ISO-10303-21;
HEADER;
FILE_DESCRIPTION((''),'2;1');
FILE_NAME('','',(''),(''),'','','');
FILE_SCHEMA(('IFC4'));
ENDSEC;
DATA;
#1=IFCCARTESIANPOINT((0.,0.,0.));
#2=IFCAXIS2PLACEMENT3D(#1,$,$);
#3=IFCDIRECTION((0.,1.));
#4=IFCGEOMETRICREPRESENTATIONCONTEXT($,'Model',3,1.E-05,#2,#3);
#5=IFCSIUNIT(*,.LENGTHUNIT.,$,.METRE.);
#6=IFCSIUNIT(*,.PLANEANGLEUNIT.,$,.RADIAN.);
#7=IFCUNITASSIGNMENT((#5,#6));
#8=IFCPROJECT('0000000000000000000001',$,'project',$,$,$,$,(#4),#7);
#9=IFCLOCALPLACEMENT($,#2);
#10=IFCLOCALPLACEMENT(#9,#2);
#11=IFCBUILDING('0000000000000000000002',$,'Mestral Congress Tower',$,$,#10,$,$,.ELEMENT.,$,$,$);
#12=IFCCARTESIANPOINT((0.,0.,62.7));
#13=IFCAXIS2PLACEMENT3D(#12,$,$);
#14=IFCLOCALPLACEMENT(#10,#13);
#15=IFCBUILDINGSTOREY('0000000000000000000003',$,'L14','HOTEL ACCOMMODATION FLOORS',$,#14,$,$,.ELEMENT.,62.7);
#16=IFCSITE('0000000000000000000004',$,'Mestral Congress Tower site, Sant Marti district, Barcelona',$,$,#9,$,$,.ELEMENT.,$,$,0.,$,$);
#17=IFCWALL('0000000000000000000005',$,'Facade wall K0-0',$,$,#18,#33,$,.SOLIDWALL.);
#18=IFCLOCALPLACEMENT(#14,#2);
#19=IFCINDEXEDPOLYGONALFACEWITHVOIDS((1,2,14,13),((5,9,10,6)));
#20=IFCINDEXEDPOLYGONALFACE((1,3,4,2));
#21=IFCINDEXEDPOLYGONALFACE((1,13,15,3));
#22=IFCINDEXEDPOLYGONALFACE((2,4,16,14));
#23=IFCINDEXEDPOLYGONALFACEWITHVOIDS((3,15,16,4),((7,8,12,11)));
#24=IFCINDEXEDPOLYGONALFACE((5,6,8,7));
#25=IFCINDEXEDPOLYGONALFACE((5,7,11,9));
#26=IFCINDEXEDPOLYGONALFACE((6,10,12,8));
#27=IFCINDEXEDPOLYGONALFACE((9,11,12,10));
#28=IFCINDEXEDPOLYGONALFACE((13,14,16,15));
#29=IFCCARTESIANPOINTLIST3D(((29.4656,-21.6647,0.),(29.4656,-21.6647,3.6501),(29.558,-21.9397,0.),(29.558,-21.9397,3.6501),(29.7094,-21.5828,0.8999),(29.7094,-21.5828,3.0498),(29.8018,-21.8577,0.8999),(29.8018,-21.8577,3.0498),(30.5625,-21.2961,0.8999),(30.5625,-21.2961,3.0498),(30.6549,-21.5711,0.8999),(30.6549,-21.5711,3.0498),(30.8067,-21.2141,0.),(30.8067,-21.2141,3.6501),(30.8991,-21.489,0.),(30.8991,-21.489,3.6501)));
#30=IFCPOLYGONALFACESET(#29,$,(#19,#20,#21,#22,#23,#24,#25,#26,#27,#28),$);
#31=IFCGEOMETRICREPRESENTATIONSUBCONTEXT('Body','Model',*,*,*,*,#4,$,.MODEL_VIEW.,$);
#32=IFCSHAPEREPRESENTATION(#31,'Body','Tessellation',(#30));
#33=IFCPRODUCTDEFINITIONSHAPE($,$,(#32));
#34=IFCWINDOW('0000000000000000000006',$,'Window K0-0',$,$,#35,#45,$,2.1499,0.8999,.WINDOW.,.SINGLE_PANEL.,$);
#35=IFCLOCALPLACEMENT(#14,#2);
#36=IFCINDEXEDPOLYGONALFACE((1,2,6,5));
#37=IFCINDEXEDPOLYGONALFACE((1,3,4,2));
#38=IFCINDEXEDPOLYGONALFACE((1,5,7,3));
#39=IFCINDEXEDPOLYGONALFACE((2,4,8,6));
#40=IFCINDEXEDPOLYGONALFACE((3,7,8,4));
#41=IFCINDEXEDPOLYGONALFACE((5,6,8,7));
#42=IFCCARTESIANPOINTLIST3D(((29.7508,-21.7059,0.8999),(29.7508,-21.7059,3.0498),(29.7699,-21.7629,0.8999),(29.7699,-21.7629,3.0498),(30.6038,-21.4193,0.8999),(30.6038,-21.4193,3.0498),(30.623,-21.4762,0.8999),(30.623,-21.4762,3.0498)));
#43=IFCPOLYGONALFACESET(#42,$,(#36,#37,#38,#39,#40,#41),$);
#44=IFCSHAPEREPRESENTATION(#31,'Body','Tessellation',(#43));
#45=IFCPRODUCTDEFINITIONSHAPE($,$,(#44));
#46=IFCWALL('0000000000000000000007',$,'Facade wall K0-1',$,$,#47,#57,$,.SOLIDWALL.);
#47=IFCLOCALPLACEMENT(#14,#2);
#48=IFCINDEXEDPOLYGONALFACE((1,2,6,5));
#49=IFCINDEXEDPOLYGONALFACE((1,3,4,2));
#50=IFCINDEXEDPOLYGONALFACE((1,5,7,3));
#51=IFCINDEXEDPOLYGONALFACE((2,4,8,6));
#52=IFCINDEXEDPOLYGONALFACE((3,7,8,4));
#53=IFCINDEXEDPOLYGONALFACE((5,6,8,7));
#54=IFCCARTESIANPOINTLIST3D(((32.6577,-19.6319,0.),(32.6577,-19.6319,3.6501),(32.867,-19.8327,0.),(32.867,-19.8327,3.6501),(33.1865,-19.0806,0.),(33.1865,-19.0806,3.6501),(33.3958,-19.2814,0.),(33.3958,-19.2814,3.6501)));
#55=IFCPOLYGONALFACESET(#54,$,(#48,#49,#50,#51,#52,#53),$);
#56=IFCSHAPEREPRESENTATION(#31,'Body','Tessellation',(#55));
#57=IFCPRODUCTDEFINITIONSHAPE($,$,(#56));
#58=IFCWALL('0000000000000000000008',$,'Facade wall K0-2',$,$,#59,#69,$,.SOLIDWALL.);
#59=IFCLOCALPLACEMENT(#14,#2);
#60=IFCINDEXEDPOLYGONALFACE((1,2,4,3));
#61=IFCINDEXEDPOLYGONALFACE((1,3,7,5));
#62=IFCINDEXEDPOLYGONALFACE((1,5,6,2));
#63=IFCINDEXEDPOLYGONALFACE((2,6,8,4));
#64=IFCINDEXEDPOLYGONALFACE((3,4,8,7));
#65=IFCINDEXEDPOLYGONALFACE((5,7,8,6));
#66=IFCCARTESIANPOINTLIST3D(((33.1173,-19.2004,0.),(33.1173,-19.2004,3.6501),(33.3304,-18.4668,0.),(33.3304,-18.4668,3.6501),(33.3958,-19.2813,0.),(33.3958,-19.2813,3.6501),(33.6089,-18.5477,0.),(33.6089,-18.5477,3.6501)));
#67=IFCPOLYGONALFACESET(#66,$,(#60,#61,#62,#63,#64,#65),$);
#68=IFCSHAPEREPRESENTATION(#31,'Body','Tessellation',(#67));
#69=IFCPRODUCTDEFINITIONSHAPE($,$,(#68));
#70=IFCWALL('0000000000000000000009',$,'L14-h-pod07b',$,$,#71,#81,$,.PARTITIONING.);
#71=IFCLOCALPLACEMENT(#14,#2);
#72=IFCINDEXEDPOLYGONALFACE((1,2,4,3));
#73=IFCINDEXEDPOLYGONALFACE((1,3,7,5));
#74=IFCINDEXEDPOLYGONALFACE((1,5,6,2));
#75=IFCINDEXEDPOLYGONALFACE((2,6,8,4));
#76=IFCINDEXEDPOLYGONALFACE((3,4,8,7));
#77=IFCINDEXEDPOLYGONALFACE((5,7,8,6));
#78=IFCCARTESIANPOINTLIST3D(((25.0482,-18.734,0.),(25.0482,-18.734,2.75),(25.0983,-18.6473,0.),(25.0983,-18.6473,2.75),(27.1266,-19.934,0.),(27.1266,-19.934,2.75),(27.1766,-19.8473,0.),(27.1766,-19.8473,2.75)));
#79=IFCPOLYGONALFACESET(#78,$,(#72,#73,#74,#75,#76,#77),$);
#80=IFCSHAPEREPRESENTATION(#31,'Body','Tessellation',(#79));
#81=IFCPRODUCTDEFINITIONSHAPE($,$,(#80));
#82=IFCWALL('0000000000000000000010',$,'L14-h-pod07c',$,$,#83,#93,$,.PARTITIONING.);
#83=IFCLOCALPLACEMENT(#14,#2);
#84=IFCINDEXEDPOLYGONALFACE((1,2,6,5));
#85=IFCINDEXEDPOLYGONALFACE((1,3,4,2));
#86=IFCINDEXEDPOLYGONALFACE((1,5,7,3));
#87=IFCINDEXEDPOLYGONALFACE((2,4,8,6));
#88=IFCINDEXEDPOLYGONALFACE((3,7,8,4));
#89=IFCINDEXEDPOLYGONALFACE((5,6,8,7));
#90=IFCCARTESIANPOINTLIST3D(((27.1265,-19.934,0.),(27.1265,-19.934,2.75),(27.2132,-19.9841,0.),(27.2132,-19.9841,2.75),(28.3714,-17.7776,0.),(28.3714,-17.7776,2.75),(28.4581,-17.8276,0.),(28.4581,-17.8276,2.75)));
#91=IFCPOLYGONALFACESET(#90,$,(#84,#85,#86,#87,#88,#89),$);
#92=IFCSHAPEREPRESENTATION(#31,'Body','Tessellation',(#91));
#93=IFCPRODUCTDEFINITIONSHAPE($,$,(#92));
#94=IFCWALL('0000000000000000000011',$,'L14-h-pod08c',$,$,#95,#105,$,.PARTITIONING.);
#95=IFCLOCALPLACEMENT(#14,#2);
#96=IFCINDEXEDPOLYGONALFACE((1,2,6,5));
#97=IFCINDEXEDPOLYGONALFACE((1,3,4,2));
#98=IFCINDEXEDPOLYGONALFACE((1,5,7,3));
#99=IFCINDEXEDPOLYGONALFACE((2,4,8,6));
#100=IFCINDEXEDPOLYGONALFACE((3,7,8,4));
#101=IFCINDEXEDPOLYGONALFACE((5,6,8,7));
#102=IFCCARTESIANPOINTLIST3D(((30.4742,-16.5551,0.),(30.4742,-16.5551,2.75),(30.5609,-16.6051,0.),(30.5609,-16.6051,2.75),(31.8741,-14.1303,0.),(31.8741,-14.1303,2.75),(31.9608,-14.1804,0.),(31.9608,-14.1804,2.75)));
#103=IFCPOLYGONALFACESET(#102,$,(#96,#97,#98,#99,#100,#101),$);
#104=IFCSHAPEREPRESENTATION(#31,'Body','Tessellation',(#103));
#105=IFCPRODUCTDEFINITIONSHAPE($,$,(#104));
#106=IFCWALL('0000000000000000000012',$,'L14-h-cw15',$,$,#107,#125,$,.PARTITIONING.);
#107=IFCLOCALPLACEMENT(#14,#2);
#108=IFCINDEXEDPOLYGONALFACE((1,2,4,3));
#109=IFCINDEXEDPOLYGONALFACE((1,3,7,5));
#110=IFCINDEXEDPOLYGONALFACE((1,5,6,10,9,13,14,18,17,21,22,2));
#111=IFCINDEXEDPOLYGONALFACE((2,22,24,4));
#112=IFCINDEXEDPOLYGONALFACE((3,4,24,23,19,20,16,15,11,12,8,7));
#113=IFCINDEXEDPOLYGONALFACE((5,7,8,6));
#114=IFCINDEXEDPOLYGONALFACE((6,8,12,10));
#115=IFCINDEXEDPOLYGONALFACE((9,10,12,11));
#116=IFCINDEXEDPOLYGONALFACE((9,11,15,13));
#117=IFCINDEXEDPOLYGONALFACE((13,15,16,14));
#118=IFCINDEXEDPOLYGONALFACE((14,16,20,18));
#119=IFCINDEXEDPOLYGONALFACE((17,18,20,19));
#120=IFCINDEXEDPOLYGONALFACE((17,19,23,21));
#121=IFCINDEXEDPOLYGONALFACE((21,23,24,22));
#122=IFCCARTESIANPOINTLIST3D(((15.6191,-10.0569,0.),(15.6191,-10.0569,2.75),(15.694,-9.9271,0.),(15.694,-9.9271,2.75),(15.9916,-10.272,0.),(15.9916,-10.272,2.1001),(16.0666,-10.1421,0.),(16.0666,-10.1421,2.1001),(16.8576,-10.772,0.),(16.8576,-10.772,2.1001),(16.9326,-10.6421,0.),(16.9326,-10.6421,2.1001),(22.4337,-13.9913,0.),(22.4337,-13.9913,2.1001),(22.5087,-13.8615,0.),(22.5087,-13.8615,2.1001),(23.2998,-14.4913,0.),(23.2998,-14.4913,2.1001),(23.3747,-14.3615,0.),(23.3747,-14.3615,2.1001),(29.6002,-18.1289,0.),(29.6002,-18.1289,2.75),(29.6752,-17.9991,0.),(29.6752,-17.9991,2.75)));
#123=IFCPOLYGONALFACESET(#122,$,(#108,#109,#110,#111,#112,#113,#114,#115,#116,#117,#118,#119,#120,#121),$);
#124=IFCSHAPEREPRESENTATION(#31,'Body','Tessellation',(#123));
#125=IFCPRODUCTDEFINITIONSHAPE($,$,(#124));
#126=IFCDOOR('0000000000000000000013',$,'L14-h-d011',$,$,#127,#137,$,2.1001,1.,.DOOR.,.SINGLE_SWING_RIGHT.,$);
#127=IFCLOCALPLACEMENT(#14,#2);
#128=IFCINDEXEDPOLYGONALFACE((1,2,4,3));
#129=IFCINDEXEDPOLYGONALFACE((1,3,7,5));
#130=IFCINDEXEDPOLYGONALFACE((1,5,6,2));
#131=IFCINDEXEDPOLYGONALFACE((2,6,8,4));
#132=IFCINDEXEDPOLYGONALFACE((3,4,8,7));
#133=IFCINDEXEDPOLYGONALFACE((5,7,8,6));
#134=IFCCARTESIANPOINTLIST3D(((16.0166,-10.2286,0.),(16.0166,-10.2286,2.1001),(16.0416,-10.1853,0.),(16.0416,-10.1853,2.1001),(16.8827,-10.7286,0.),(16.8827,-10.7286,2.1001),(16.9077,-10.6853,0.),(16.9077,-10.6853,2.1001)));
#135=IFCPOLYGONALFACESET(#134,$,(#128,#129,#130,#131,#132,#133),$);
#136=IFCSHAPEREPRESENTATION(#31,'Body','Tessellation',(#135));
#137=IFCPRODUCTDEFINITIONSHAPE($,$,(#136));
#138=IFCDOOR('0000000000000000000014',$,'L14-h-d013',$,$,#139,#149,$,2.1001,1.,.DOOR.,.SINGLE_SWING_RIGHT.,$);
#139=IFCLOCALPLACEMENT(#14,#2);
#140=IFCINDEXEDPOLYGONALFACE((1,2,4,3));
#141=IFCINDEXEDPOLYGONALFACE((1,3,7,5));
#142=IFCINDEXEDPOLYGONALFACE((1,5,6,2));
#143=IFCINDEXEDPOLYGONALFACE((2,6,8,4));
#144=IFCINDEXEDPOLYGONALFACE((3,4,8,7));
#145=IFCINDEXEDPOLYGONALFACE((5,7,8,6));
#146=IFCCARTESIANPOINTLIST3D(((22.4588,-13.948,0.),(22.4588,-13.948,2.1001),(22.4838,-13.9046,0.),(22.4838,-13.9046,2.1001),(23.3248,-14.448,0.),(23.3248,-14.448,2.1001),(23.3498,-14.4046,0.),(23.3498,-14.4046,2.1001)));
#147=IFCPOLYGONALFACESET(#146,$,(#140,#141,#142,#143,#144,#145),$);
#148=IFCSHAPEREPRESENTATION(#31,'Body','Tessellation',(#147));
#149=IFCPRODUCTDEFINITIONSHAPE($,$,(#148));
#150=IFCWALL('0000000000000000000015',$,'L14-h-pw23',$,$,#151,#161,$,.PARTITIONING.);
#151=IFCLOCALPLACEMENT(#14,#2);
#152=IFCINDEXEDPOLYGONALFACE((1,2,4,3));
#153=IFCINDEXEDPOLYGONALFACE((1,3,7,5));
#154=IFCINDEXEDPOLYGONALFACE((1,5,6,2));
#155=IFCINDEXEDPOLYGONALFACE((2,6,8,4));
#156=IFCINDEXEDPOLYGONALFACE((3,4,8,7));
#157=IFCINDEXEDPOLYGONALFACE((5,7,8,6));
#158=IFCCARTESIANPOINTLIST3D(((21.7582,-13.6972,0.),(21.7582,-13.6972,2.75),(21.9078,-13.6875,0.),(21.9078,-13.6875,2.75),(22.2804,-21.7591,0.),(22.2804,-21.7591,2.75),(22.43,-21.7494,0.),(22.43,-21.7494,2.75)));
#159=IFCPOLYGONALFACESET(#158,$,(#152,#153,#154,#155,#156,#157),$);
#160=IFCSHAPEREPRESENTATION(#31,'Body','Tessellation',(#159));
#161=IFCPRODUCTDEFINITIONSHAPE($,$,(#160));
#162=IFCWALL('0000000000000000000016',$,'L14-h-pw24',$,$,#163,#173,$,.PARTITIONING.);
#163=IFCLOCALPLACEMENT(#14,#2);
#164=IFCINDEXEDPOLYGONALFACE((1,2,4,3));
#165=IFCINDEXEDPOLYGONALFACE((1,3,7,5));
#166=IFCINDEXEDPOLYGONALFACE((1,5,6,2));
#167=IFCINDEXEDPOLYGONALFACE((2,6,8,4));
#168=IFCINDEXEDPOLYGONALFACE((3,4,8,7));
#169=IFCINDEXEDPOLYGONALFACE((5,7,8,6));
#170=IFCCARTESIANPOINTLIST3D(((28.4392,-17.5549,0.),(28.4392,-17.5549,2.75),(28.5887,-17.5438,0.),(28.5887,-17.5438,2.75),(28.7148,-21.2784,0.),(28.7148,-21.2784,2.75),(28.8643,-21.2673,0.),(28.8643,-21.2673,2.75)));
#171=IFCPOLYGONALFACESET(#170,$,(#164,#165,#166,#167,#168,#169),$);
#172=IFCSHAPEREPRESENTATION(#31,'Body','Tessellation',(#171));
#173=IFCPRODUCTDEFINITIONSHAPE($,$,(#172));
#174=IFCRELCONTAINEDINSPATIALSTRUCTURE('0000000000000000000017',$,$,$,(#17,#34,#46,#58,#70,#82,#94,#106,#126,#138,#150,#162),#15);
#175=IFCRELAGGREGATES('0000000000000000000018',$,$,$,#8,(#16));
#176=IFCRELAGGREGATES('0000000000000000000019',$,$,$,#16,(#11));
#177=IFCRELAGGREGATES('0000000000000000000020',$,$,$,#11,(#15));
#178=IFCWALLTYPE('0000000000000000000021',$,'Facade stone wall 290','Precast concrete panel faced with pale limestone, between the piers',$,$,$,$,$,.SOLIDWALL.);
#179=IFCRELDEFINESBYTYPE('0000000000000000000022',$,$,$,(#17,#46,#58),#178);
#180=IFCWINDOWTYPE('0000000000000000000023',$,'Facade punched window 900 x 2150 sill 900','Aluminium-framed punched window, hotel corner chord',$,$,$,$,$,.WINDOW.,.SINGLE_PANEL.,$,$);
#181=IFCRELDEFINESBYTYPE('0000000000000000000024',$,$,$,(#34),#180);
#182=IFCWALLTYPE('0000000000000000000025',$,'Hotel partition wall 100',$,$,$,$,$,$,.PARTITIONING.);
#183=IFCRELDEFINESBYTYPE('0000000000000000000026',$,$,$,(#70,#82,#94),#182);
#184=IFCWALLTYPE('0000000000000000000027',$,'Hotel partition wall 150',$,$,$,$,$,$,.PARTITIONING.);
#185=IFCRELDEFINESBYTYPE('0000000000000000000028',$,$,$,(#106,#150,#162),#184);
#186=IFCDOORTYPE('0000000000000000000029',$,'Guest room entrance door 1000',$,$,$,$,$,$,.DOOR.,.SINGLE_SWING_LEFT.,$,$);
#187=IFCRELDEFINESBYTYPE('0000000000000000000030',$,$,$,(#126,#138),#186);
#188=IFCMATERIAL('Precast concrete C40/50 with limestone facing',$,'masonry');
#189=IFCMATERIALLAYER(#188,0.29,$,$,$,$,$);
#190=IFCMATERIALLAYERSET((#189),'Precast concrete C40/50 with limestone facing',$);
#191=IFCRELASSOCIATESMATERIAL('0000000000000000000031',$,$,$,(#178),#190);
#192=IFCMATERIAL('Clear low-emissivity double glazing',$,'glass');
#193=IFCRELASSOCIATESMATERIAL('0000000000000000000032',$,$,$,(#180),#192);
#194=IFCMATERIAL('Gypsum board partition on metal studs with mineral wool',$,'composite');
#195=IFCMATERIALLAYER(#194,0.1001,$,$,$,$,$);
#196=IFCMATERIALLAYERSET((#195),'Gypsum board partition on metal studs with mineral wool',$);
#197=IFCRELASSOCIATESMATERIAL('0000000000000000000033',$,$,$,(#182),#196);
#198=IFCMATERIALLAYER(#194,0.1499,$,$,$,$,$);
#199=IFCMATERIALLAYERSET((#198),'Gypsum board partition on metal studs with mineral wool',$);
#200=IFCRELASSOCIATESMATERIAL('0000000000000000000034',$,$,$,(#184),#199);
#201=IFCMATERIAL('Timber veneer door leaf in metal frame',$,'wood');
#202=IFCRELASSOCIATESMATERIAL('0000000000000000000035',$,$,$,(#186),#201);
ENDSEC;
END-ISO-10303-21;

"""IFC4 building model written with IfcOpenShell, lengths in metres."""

from ifc_helpers import new_model, si_unit, direction, frame, frame_2d, origin, place, context, subcontext, project, spatial, rectangle, extrude, material, layer, layer_set, type_object, element, fill, save


model = new_model("IFC4")

# Units and contexts
model_context = context("Model", 3, precision=1e-05, world=origin(), true_north=direction((0.0, 1.0)))
body_context = subcontext(model_context, "Body", "Model", "MODEL_VIEW")
ifc_project = project(units=[si_unit("LENGTHUNIT", "METRE"), si_unit("PLANEANGLEUNIT", "RADIAN")], contexts=[model_context])

# Site, building, storey
site_placement = place(None, origin())
site = spatial("IfcSite", under=ifc_project, at=site_placement, Name="Mestral Congress Tower site, Sant Marti district, Barcelona", CompositionType="ELEMENT", RefElevation=0.0)
building_placement = place(site_placement, origin())
building = spatial("IfcBuilding", under=site, at=building_placement, Name="Mestral Congress Tower", CompositionType="ELEMENT")
storey_placement = place(building_placement, frame((0.0, 0.0, 62.7)))
storey = spatial("IfcBuildingStorey", under=building, at=storey_placement, Name="L14", Description="HOTEL ACCOMMODATION FLOORS", CompositionType="ELEMENT", Elevation=62.7)

# Shared definitions
ifc_material_1 = material(Name="Precast concrete C40/50 with limestone facing", Category="masonry")
ifc_layer_1 = layer(ifc_material_1, 0.29)
ifc_layer_set_1 = layer_set([ifc_layer_1], Name="Precast concrete C40/50 with limestone facing")
wall_type_1 = type_object("IfcWallType", Name="Facade stone wall 290", Description="Precast concrete panel faced with pale limestone, between the piers", PredefinedType="SOLIDWALL", material=ifc_layer_set_1)
ifc_material_2 = material(Name="Clear low-emissivity double glazing", Category="glass")

# Wall, opening, window
wall_1_placement = place(storey_placement, frame((29.5117, -21.8022, 0.0), z_axis=(0.0, 0.0, 1.0), x_axis=(0.947904, 0.318556, 0.0)))
wall_1 = element("IfcWall", 1, at=wall_1_placement, inside=storey, type_object=wall_type_1, Name="Facade wall K0-0", PredefinedType="SOLIDWALL", context=body_context, shape_type="SweptSolid", body=[
    extrude(rectangle(XDim=1.4148, YDim=0.29, at=frame_2d((0.7075, 0.0))), origin(), (0.0, 0.0, 1.0), 3.6501),
])
opening_1_placement = place(wall_1_placement, frame((0.2573, 0.0, 0.8999)))
opening_1 = element("IfcOpeningElement", 2, at=opening_1_placement, cuts=wall_1, PredefinedType="OPENING", context=body_context, shape_type="SweptSolid", body=[
    extrude(rectangle(XDim=0.8999, YDim=2.1499, at=frame_2d((0.45, 1.075))), frame((0.0, 0.155, 0.0), z_axis=(0.0, -1.0, 0.0), x_axis=(1.0, 0.0, 0.0)), (0.0, 0.0, 1.0), 0.3101),
])
window_type_1 = type_object("IfcWindowType", Name="Facade punched window 900 x 2150 sill 900", Description="Aluminium-framed punched window, hotel corner chord", PartitioningType="SINGLE_PANEL", PredefinedType="WINDOW", material=ifc_material_2)
window_1_placement = place(opening_1_placement, origin())
window_1 = element("IfcWindow", 3, at=window_1_placement, inside=storey, type_object=window_type_1, Name="Window K0-0", OverallHeight=2.1499, OverallWidth=0.8999, PartitioningType="SINGLE_PANEL", PredefinedType="WINDOW", context=body_context, shape_type="SweptSolid", body=[
    extrude(rectangle(XDim=0.8999, YDim=2.1499, at=frame_2d((0.45, 1.075))), frame((0.0, 0.0151, 0.0), z_axis=(0.0, -1.0, 0.0), x_axis=(1.0, 0.0, 0.0)), (0.0, 0.0, 1.0), 0.0601),
])
fill(opening_1, window_1)

# Walls
for number, where, z_axis, x_axis, name in (
    (4, (32.7625, -19.7322, 0.0), (0.0, 0.0, 1.0), (0.692252, 0.721656, 0.0), "Facade wall K0-1"),
    (5, (33.2566, -19.2407, 0.0), (0.0, 0.0, 1.0), (0.278981, 0.960297, 0.0), "Facade wall K0-2"),
):
    element("IfcWall", number, at=place(storey_placement, frame(where, z_axis=z_axis, x_axis=x_axis)), inside=storey, type_object=wall_type_1, Name=name, PredefinedType="SOLIDWALL", context=body_context, shape_type="SweptSolid", body=[
        extrude(rectangle(XDim=0.7639, YDim=0.29, at=frame_2d((0.3818, 0.0))), origin(), (0.0, 0.0, 1.0), 3.6501),
    ])
ifc_material_3 = material(Name="Gypsum board partition on metal studs with mineral wool", Category="composite")
ifc_layer_2 = layer(ifc_material_3, 0.1001)
ifc_layer_set_2 = layer_set([ifc_layer_2], Name="Gypsum board partition on metal studs with mineral wool")
wall_type_2 = type_object("IfcWallType", Name="Hotel partition wall 100", PredefinedType="PARTITIONING", material=ifc_layer_set_2)
wall_2_placement = place(storey_placement, frame((25.0732, -18.6907, 0.0), z_axis=(0.0, 0.0, 1.0), x_axis=(0.866025, -0.500001, 0.0)))
element("IfcWall", 6, at=wall_2_placement, inside=storey, type_object=wall_type_2, Name="L14-h-pod07b", PredefinedType="PARTITIONING", context=body_context, shape_type="SweptSolid", body=[
    extrude(rectangle(XDim=2.3999, YDim=0.1001, at=frame_2d((1.2, 0.0))), origin(), (0.0, 0.0, 1.0), 2.75),
])
wall_3_placement = place(storey_placement, frame((28.4148, -17.8025, 0.0), z_axis=(0.0, 0.0, 1.0), x_axis=(-0.499946, -0.866057, 0.0)))
element("IfcWall", 7, at=wall_3_placement, inside=storey, type_object=wall_type_2, Name="L14-h-pod07c", PredefinedType="PARTITIONING", context=body_context, shape_type="SweptSolid", body=[
    extrude(rectangle(XDim=2.49, YDim=0.1001, at=frame_2d((1.2451, 0.0))), origin(), (0.0, 0.0, 1.0), 2.75),
])
wall_4_placement = place(storey_placement, frame((30.5176, -16.5801, 0.0), z_axis=(0.0, 0.0, 1.0), x_axis=(0.499984, 0.866035, 0.0)))
element("IfcWall", 8, at=wall_4_placement, inside=storey, type_object=wall_type_2, Name="L14-h-pod08c", PredefinedType="PARTITIONING", context=body_context, shape_type="SweptSolid", body=[
    extrude(rectangle(XDim=2.7998, YDim=0.1001, at=frame_2d((1.3999, 0.0))), origin(), (0.0, 0.0, 1.0), 2.75),
])

# Wall, openings, doors
ifc_layer_3 = layer(ifc_material_3, 0.1499)
ifc_layer_set_3 = layer_set([ifc_layer_3], Name="Gypsum board partition on metal studs with mineral wool")
wall_type_3 = type_object("IfcWallType", Name="Hotel partition wall 150", PredefinedType="PARTITIONING", material=ifc_layer_set_3)
wall_5_placement = place(storey_placement, frame((29.6377, -18.064, 0.0), z_axis=(0.0, 0.0, 1.0), x_axis=(-0.866026, 0.499999, 0.0)))
wall_5 = element("IfcWall", 9, at=wall_5_placement, inside=storey, type_object=wall_type_3, Name="L14-h-cw15", PredefinedType="PARTITIONING", context=body_context, shape_type="SweptSolid", body=[
    extrude(rectangle(XDim=16.144, YDim=0.1499, at=frame_2d((8.072, 0.0))), origin(), (0.0, 0.0, 1.0), 2.75),
])
opening_2_placement = place(wall_5_placement, frame((14.7139, 0.0, 0.0)))
opening_2 = element("IfcOpeningElement", 10, at=opening_2_placement, cuts=wall_5, PredefinedType="OPENING", context=body_context, shape_type="SweptSolid", body=[
    extrude(rectangle(XDim=1.0, YDim=2.1001, at=frame_2d((0.5, 1.05))), frame((0.0, 0.085, 0.0), z_axis=(0.0, -1.0, 0.0), x_axis=(1.0, 0.0, 0.0)), (0.0, 0.0, 1.0), 0.1699),
])
opening_3_placement = place(wall_5_placement, frame((7.2751, 0.0, 0.0)))
opening_3 = element("IfcOpeningElement", 11, at=opening_3_placement, cuts=wall_5, PredefinedType="OPENING", context=body_context, shape_type="SweptSolid", body=[
    extrude(rectangle(XDim=1.0, YDim=2.1001, at=frame_2d((0.5, 1.05))), frame((0.0, 0.085, 0.0), z_axis=(0.0, -1.0, 0.0), x_axis=(1.0, 0.0, 0.0)), (0.0, 0.0, 1.0), 0.1699),
])
ifc_material_4 = material(Name="Timber veneer door leaf in metal frame", Category="wood")
door_type = type_object("IfcDoorType", Name="Guest room entrance door 1000", OperationType="SINGLE_SWING_LEFT", PredefinedType="DOOR", material=ifc_material_4)
door_1_placement = place(opening_2_placement, origin())
door_1 = element("IfcDoor", 12, at=door_1_placement, inside=storey, type_object=door_type, Name="L14-h-d011", OperationType="SINGLE_SWING_RIGHT", OverallHeight=2.1001, OverallWidth=1.0, PredefinedType="DOOR", context=body_context, shape_type="SweptSolid", body=[
    extrude(rectangle(XDim=1.0, YDim=2.1001, at=frame_2d((0.5, 1.05))), frame((0.0, 0.0249, 0.0), z_axis=(0.0, -1.0, 0.0), x_axis=(1.0, 0.0, 0.0)), (0.0, 0.0, 1.0), 0.05),
])
fill(opening_2, door_1)
door_2_placement = place(opening_3_placement, origin())
door_2 = element("IfcDoor", 13, at=door_2_placement, inside=storey, type_object=door_type, Name="L14-h-d013", OperationType="SINGLE_SWING_RIGHT", OverallHeight=2.1001, OverallWidth=1.0, PredefinedType="DOOR", context=body_context, shape_type="SweptSolid", body=[
    extrude(rectangle(XDim=1.0, YDim=2.1001, at=frame_2d((0.5, 1.05))), frame((0.0, 0.0249, 0.0), z_axis=(0.0, -1.0, 0.0), x_axis=(1.0, 0.0, 0.0)), (0.0, 0.0, 1.0), 0.05),
])
fill(opening_3, door_2)

# Walls
wall_6_placement = place(storey_placement, frame((22.3552, -21.7544, 0.0), z_axis=(0.0, 0.0, 1.0), x_axis=(-0.06464, 0.997909, 0.0)))
element("IfcWall", 14, at=wall_6_placement, inside=storey, type_object=wall_type_3, Name="L14-h-pw23", PredefinedType="PARTITIONING", context=body_context, shape_type="SweptSolid", body=[
    extrude(rectangle(XDim=8.0789, YDim=0.1499, at=frame_2d((4.0396, 0.0))), origin(), (0.0, 0.0, 1.0), 2.75),
])
wall_7_placement = place(storey_placement, frame((28.7896, -21.2727, 0.0), z_axis=(0.0, 0.0, 1.0), x_axis=(-0.073826, 0.997271, 0.0)))
element("IfcWall", 15, at=wall_7_placement, inside=storey, type_object=wall_type_3, Name="L14-h-pw24", PredefinedType="PARTITIONING", context=body_context, shape_type="SweptSolid", body=[
    extrude(rectangle(XDim=3.7336, YDim=0.1499, at=frame_2d((1.8667, 0.0))), origin(), (0.0, 0.0, 1.0), 2.75),
])

save(model, "model.ifc")
